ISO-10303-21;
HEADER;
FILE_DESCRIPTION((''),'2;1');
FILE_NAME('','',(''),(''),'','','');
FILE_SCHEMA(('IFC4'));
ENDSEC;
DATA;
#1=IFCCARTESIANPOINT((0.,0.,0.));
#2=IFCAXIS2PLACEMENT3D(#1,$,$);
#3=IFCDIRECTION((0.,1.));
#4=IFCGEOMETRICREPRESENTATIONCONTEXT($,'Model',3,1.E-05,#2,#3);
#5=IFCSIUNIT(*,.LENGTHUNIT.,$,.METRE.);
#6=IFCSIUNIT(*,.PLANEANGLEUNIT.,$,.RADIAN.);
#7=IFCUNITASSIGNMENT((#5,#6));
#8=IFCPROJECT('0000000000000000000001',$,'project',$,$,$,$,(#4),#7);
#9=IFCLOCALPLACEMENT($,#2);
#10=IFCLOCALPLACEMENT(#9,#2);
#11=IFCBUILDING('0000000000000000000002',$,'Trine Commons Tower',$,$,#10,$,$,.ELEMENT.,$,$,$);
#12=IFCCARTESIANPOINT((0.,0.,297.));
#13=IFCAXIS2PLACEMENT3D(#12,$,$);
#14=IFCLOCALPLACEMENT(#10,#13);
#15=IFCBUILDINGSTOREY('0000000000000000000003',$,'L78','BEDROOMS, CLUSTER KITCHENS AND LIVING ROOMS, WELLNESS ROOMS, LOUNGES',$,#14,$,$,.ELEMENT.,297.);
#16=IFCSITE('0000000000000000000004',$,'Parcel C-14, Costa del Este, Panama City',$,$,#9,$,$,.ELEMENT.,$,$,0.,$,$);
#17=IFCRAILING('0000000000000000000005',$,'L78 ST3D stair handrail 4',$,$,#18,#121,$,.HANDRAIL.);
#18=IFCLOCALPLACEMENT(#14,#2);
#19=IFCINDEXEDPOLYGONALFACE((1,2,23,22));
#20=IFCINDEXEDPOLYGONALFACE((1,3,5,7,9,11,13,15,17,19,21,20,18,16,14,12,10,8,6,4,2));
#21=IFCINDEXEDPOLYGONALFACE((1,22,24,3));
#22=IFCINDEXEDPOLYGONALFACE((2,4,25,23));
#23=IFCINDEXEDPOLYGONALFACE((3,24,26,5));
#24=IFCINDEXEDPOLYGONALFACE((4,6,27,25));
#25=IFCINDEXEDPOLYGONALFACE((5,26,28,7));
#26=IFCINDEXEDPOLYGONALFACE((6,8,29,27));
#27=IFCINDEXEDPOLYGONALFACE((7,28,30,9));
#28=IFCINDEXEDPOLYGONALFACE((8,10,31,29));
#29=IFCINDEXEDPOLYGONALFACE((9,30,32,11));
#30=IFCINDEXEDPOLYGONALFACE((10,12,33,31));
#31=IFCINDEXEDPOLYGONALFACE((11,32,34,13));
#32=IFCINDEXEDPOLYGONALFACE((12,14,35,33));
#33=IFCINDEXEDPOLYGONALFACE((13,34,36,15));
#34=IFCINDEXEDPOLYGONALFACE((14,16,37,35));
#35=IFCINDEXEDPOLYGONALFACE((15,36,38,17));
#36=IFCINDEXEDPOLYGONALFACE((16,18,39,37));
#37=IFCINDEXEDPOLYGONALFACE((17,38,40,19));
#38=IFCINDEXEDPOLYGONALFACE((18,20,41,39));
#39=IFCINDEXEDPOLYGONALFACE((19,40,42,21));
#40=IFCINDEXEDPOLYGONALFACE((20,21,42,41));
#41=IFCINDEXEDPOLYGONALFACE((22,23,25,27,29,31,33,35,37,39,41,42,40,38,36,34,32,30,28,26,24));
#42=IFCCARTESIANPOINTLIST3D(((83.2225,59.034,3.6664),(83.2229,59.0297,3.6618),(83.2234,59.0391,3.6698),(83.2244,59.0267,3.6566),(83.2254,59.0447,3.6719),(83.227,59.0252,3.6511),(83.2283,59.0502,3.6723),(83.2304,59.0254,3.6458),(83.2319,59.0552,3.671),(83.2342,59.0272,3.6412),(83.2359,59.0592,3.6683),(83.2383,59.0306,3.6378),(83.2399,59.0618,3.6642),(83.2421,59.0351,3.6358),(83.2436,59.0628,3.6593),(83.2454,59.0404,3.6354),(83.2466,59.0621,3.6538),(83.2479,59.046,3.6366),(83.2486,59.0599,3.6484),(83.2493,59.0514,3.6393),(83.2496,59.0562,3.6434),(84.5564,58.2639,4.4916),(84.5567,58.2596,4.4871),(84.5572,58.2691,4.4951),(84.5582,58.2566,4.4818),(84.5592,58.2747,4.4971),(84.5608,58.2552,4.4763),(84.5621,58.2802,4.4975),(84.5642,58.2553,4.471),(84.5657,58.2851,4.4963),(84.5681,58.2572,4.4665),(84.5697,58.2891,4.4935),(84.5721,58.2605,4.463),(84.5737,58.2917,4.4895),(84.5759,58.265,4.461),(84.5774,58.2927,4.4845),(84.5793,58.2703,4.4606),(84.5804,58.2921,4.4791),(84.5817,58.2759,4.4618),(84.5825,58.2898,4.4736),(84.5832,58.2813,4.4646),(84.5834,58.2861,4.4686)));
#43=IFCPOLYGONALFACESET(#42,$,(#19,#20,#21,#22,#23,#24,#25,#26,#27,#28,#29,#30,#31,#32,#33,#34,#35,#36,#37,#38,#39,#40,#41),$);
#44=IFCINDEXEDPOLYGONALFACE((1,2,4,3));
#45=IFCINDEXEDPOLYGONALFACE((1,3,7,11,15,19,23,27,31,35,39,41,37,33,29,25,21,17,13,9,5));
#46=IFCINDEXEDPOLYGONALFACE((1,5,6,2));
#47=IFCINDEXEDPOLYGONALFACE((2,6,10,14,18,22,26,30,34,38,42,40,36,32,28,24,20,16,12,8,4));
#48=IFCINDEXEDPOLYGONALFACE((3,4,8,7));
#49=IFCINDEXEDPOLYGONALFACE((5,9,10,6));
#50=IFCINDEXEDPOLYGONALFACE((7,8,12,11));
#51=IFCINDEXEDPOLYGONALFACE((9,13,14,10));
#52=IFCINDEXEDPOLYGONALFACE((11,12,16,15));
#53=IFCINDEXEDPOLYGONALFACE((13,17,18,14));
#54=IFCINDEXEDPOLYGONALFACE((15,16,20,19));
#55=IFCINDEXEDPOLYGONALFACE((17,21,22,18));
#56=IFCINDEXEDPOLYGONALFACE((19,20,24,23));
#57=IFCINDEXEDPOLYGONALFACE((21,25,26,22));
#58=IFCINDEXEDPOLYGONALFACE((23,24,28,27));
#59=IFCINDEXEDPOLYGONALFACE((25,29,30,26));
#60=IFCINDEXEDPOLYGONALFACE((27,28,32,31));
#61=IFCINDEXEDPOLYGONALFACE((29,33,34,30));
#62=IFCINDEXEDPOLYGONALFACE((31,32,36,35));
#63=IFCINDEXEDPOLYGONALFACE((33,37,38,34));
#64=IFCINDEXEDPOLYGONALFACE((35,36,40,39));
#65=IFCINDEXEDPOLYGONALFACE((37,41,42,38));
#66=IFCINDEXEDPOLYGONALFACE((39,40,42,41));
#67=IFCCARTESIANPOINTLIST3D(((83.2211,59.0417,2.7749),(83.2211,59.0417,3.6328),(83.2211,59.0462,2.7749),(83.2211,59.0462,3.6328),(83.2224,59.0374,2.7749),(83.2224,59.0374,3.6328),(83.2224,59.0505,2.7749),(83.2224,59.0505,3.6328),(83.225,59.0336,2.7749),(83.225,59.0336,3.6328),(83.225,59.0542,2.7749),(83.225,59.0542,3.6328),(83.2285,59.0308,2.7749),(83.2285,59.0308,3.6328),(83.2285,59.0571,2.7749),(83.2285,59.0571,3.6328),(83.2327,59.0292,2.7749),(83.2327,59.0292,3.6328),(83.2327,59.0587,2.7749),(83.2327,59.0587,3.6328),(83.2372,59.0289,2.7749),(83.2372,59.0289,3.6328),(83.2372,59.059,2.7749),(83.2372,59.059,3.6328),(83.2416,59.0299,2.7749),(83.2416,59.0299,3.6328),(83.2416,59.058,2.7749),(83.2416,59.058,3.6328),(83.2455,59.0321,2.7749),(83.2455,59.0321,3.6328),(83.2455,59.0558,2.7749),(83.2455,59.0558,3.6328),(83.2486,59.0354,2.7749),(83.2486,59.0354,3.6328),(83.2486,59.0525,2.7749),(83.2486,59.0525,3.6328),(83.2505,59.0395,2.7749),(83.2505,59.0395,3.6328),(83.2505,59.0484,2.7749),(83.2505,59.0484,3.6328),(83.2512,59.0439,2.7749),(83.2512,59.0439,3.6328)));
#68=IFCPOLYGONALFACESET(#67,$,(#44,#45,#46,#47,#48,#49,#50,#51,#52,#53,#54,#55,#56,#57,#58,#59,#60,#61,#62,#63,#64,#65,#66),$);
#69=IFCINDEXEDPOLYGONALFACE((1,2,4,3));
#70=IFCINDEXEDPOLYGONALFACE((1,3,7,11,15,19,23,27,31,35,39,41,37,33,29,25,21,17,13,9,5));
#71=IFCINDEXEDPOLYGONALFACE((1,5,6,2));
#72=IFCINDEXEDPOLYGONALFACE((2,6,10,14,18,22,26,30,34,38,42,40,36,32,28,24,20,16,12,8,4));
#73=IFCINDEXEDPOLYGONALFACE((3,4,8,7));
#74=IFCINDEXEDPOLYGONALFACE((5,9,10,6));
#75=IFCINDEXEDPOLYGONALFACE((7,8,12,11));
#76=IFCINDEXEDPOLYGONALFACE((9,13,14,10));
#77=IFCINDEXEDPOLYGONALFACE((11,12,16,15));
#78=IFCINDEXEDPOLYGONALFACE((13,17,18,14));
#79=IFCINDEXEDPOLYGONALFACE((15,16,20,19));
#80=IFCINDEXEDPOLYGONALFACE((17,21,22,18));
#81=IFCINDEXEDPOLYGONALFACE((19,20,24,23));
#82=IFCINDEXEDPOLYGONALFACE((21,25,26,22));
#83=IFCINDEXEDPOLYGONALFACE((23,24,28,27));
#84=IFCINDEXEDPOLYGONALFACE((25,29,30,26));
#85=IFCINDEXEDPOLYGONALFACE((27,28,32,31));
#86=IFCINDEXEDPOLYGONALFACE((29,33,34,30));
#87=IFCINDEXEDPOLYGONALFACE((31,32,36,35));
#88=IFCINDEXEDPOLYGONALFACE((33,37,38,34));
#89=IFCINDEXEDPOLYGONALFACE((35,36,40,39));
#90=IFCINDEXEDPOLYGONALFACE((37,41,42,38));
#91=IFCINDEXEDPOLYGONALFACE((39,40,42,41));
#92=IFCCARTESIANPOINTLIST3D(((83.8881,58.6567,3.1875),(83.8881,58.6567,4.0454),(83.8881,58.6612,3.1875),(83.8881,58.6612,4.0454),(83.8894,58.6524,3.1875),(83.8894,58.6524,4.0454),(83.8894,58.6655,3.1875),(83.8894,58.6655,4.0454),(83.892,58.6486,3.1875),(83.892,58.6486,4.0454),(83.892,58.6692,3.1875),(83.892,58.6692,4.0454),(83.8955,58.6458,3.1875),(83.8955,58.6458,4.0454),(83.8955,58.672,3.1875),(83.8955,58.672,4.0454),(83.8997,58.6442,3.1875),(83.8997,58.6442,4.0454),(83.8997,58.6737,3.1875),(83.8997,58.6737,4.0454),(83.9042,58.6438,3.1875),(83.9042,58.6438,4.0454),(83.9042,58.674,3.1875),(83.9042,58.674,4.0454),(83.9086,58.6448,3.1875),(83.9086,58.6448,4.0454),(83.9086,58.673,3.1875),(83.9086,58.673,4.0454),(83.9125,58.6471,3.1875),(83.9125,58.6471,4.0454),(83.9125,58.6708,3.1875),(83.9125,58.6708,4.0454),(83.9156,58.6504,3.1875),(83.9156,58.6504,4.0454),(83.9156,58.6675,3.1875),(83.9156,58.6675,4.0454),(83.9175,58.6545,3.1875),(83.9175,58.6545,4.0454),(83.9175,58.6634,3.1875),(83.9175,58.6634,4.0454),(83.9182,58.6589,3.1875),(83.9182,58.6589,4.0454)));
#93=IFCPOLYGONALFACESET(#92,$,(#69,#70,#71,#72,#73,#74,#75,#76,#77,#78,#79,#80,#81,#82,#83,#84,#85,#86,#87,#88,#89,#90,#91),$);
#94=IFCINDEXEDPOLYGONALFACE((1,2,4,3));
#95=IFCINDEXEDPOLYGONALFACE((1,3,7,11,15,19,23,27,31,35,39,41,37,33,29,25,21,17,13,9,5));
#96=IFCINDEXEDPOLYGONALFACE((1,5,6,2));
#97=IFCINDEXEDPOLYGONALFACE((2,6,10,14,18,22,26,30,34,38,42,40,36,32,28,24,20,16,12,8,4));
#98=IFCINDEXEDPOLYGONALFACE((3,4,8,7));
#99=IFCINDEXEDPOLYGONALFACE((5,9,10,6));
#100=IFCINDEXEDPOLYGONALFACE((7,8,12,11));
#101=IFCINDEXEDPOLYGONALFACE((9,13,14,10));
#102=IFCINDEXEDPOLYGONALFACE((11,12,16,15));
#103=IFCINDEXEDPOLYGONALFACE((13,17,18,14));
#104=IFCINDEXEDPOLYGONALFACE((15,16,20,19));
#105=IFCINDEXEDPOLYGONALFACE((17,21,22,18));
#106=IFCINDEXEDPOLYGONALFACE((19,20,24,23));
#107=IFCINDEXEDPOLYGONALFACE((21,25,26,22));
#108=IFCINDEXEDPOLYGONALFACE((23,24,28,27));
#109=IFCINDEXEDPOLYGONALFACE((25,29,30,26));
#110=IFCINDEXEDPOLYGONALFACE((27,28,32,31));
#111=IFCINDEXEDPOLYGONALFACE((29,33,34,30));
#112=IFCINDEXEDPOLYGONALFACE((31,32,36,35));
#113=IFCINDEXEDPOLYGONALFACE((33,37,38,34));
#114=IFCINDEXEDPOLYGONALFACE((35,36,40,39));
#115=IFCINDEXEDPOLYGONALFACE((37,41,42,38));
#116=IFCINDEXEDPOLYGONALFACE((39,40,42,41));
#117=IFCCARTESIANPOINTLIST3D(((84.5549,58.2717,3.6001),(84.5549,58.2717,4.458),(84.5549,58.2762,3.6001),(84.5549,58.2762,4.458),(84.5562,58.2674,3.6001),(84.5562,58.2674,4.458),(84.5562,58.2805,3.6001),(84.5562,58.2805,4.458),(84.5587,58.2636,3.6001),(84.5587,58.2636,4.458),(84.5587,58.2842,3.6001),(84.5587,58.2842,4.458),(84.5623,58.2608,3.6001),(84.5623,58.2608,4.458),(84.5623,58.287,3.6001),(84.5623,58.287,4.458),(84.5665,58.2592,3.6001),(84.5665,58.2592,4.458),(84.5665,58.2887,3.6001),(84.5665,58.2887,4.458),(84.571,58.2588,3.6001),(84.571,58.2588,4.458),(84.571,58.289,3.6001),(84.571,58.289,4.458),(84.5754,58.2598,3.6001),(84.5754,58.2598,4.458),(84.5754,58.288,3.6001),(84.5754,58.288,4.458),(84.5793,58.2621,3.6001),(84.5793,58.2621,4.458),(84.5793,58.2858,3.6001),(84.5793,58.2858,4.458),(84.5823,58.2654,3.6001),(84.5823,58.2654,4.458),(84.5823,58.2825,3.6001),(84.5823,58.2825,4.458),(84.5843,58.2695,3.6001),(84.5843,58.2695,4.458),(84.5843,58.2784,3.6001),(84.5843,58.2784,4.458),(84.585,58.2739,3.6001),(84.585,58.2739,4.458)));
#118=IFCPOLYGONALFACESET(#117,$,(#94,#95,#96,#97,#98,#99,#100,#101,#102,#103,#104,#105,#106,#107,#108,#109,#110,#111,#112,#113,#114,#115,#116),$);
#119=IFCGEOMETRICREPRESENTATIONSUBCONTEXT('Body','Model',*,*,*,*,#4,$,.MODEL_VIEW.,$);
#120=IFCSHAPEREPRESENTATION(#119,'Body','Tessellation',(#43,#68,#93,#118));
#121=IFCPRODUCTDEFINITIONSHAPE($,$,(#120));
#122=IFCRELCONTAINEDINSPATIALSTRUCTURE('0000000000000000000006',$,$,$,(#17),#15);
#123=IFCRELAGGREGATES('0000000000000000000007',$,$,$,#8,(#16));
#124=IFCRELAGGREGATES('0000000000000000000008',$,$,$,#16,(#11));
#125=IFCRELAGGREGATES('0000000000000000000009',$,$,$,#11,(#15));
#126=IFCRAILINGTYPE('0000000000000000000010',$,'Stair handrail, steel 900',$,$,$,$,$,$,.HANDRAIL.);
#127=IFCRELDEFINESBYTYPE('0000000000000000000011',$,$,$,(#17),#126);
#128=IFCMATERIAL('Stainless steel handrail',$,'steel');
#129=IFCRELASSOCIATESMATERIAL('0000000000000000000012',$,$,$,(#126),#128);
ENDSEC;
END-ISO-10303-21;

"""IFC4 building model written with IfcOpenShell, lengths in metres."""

from ifc_helpers import new_model, si_unit, direction, frame, origin, origin_2d, place, context, subcontext, project, spatial, circle, extrude, material, type_object, element, save


model = new_model("IFC4")

# Units and contexts
model_context = context("Model", 3, precision=1e-05, world=origin(), true_north=direction((0.0, 1.0)))
body_context = subcontext(model_context, "Body", "Model", "MODEL_VIEW")
ifc_project = project(units=[si_unit("LENGTHUNIT", "METRE"), si_unit("PLANEANGLEUNIT", "RADIAN")], contexts=[model_context])

# Site, building, storey
site_placement = place(None, origin())
site = spatial("IfcSite", under=ifc_project, at=site_placement, Name="Parcel C-14, Costa del Este, Panama City", CompositionType="ELEMENT", RefElevation=0.0)
building_placement = place(site_placement, origin())
building = spatial("IfcBuilding", under=site, at=building_placement, Name="Trine Commons Tower", CompositionType="ELEMENT")
storey_placement = place(building_placement, frame((0.0, 0.0, 297.0)))
storey = spatial("IfcBuildingStorey", under=building, at=storey_placement, Name="L78", Description="BEDROOMS, CLUSTER KITCHENS AND LIVING ROOMS, WELLNESS ROOMS, LOUNGES", CompositionType="ELEMENT", Elevation=297.0)

# Railing
ifc_material_1 = material(Name="Stainless steel handrail", Category="steel")
railing_type_1 = type_object("IfcRailingType", Name="Stair handrail, steel 900", PredefinedType="HANDRAIL", material=ifc_material_1)
railing_1_placement = place(storey_placement, frame((83.2361, 59.0439, 2.7749)))
element("IfcRailing", 1, at=railing_1_placement, inside=storey, type_object=railing_type_1, Name="L78 ST3D stair handrail 4", PredefinedType="HANDRAIL", context=body_context, shape_type="SweptSolid", body=[
    extrude(circle(Radius=0.021, at=origin_2d()), frame((0.0, 0.0, 0.8789), z_axis=(0.763355, -0.440714, 0.472293), x_axis=(0.499992, 0.86603, 0.0)), (0.0, 0.0, 1.0), 1.7473),
    extrude(circle(Radius=0.0151, at=origin_2d()), origin(), (0.0, 0.0, 1.0), 0.8579),
    extrude(circle(Radius=0.0151, at=origin_2d()), frame((0.667, -0.385, 0.4126)), (0.0, 0.0, 1.0), 0.8579),
    extrude(circle(Radius=0.0151, at=origin_2d()), frame((1.3337, -0.77, 0.8252)), (0.0, 0.0, 1.0), 0.8579),
])

save(model, "model.ifc")
